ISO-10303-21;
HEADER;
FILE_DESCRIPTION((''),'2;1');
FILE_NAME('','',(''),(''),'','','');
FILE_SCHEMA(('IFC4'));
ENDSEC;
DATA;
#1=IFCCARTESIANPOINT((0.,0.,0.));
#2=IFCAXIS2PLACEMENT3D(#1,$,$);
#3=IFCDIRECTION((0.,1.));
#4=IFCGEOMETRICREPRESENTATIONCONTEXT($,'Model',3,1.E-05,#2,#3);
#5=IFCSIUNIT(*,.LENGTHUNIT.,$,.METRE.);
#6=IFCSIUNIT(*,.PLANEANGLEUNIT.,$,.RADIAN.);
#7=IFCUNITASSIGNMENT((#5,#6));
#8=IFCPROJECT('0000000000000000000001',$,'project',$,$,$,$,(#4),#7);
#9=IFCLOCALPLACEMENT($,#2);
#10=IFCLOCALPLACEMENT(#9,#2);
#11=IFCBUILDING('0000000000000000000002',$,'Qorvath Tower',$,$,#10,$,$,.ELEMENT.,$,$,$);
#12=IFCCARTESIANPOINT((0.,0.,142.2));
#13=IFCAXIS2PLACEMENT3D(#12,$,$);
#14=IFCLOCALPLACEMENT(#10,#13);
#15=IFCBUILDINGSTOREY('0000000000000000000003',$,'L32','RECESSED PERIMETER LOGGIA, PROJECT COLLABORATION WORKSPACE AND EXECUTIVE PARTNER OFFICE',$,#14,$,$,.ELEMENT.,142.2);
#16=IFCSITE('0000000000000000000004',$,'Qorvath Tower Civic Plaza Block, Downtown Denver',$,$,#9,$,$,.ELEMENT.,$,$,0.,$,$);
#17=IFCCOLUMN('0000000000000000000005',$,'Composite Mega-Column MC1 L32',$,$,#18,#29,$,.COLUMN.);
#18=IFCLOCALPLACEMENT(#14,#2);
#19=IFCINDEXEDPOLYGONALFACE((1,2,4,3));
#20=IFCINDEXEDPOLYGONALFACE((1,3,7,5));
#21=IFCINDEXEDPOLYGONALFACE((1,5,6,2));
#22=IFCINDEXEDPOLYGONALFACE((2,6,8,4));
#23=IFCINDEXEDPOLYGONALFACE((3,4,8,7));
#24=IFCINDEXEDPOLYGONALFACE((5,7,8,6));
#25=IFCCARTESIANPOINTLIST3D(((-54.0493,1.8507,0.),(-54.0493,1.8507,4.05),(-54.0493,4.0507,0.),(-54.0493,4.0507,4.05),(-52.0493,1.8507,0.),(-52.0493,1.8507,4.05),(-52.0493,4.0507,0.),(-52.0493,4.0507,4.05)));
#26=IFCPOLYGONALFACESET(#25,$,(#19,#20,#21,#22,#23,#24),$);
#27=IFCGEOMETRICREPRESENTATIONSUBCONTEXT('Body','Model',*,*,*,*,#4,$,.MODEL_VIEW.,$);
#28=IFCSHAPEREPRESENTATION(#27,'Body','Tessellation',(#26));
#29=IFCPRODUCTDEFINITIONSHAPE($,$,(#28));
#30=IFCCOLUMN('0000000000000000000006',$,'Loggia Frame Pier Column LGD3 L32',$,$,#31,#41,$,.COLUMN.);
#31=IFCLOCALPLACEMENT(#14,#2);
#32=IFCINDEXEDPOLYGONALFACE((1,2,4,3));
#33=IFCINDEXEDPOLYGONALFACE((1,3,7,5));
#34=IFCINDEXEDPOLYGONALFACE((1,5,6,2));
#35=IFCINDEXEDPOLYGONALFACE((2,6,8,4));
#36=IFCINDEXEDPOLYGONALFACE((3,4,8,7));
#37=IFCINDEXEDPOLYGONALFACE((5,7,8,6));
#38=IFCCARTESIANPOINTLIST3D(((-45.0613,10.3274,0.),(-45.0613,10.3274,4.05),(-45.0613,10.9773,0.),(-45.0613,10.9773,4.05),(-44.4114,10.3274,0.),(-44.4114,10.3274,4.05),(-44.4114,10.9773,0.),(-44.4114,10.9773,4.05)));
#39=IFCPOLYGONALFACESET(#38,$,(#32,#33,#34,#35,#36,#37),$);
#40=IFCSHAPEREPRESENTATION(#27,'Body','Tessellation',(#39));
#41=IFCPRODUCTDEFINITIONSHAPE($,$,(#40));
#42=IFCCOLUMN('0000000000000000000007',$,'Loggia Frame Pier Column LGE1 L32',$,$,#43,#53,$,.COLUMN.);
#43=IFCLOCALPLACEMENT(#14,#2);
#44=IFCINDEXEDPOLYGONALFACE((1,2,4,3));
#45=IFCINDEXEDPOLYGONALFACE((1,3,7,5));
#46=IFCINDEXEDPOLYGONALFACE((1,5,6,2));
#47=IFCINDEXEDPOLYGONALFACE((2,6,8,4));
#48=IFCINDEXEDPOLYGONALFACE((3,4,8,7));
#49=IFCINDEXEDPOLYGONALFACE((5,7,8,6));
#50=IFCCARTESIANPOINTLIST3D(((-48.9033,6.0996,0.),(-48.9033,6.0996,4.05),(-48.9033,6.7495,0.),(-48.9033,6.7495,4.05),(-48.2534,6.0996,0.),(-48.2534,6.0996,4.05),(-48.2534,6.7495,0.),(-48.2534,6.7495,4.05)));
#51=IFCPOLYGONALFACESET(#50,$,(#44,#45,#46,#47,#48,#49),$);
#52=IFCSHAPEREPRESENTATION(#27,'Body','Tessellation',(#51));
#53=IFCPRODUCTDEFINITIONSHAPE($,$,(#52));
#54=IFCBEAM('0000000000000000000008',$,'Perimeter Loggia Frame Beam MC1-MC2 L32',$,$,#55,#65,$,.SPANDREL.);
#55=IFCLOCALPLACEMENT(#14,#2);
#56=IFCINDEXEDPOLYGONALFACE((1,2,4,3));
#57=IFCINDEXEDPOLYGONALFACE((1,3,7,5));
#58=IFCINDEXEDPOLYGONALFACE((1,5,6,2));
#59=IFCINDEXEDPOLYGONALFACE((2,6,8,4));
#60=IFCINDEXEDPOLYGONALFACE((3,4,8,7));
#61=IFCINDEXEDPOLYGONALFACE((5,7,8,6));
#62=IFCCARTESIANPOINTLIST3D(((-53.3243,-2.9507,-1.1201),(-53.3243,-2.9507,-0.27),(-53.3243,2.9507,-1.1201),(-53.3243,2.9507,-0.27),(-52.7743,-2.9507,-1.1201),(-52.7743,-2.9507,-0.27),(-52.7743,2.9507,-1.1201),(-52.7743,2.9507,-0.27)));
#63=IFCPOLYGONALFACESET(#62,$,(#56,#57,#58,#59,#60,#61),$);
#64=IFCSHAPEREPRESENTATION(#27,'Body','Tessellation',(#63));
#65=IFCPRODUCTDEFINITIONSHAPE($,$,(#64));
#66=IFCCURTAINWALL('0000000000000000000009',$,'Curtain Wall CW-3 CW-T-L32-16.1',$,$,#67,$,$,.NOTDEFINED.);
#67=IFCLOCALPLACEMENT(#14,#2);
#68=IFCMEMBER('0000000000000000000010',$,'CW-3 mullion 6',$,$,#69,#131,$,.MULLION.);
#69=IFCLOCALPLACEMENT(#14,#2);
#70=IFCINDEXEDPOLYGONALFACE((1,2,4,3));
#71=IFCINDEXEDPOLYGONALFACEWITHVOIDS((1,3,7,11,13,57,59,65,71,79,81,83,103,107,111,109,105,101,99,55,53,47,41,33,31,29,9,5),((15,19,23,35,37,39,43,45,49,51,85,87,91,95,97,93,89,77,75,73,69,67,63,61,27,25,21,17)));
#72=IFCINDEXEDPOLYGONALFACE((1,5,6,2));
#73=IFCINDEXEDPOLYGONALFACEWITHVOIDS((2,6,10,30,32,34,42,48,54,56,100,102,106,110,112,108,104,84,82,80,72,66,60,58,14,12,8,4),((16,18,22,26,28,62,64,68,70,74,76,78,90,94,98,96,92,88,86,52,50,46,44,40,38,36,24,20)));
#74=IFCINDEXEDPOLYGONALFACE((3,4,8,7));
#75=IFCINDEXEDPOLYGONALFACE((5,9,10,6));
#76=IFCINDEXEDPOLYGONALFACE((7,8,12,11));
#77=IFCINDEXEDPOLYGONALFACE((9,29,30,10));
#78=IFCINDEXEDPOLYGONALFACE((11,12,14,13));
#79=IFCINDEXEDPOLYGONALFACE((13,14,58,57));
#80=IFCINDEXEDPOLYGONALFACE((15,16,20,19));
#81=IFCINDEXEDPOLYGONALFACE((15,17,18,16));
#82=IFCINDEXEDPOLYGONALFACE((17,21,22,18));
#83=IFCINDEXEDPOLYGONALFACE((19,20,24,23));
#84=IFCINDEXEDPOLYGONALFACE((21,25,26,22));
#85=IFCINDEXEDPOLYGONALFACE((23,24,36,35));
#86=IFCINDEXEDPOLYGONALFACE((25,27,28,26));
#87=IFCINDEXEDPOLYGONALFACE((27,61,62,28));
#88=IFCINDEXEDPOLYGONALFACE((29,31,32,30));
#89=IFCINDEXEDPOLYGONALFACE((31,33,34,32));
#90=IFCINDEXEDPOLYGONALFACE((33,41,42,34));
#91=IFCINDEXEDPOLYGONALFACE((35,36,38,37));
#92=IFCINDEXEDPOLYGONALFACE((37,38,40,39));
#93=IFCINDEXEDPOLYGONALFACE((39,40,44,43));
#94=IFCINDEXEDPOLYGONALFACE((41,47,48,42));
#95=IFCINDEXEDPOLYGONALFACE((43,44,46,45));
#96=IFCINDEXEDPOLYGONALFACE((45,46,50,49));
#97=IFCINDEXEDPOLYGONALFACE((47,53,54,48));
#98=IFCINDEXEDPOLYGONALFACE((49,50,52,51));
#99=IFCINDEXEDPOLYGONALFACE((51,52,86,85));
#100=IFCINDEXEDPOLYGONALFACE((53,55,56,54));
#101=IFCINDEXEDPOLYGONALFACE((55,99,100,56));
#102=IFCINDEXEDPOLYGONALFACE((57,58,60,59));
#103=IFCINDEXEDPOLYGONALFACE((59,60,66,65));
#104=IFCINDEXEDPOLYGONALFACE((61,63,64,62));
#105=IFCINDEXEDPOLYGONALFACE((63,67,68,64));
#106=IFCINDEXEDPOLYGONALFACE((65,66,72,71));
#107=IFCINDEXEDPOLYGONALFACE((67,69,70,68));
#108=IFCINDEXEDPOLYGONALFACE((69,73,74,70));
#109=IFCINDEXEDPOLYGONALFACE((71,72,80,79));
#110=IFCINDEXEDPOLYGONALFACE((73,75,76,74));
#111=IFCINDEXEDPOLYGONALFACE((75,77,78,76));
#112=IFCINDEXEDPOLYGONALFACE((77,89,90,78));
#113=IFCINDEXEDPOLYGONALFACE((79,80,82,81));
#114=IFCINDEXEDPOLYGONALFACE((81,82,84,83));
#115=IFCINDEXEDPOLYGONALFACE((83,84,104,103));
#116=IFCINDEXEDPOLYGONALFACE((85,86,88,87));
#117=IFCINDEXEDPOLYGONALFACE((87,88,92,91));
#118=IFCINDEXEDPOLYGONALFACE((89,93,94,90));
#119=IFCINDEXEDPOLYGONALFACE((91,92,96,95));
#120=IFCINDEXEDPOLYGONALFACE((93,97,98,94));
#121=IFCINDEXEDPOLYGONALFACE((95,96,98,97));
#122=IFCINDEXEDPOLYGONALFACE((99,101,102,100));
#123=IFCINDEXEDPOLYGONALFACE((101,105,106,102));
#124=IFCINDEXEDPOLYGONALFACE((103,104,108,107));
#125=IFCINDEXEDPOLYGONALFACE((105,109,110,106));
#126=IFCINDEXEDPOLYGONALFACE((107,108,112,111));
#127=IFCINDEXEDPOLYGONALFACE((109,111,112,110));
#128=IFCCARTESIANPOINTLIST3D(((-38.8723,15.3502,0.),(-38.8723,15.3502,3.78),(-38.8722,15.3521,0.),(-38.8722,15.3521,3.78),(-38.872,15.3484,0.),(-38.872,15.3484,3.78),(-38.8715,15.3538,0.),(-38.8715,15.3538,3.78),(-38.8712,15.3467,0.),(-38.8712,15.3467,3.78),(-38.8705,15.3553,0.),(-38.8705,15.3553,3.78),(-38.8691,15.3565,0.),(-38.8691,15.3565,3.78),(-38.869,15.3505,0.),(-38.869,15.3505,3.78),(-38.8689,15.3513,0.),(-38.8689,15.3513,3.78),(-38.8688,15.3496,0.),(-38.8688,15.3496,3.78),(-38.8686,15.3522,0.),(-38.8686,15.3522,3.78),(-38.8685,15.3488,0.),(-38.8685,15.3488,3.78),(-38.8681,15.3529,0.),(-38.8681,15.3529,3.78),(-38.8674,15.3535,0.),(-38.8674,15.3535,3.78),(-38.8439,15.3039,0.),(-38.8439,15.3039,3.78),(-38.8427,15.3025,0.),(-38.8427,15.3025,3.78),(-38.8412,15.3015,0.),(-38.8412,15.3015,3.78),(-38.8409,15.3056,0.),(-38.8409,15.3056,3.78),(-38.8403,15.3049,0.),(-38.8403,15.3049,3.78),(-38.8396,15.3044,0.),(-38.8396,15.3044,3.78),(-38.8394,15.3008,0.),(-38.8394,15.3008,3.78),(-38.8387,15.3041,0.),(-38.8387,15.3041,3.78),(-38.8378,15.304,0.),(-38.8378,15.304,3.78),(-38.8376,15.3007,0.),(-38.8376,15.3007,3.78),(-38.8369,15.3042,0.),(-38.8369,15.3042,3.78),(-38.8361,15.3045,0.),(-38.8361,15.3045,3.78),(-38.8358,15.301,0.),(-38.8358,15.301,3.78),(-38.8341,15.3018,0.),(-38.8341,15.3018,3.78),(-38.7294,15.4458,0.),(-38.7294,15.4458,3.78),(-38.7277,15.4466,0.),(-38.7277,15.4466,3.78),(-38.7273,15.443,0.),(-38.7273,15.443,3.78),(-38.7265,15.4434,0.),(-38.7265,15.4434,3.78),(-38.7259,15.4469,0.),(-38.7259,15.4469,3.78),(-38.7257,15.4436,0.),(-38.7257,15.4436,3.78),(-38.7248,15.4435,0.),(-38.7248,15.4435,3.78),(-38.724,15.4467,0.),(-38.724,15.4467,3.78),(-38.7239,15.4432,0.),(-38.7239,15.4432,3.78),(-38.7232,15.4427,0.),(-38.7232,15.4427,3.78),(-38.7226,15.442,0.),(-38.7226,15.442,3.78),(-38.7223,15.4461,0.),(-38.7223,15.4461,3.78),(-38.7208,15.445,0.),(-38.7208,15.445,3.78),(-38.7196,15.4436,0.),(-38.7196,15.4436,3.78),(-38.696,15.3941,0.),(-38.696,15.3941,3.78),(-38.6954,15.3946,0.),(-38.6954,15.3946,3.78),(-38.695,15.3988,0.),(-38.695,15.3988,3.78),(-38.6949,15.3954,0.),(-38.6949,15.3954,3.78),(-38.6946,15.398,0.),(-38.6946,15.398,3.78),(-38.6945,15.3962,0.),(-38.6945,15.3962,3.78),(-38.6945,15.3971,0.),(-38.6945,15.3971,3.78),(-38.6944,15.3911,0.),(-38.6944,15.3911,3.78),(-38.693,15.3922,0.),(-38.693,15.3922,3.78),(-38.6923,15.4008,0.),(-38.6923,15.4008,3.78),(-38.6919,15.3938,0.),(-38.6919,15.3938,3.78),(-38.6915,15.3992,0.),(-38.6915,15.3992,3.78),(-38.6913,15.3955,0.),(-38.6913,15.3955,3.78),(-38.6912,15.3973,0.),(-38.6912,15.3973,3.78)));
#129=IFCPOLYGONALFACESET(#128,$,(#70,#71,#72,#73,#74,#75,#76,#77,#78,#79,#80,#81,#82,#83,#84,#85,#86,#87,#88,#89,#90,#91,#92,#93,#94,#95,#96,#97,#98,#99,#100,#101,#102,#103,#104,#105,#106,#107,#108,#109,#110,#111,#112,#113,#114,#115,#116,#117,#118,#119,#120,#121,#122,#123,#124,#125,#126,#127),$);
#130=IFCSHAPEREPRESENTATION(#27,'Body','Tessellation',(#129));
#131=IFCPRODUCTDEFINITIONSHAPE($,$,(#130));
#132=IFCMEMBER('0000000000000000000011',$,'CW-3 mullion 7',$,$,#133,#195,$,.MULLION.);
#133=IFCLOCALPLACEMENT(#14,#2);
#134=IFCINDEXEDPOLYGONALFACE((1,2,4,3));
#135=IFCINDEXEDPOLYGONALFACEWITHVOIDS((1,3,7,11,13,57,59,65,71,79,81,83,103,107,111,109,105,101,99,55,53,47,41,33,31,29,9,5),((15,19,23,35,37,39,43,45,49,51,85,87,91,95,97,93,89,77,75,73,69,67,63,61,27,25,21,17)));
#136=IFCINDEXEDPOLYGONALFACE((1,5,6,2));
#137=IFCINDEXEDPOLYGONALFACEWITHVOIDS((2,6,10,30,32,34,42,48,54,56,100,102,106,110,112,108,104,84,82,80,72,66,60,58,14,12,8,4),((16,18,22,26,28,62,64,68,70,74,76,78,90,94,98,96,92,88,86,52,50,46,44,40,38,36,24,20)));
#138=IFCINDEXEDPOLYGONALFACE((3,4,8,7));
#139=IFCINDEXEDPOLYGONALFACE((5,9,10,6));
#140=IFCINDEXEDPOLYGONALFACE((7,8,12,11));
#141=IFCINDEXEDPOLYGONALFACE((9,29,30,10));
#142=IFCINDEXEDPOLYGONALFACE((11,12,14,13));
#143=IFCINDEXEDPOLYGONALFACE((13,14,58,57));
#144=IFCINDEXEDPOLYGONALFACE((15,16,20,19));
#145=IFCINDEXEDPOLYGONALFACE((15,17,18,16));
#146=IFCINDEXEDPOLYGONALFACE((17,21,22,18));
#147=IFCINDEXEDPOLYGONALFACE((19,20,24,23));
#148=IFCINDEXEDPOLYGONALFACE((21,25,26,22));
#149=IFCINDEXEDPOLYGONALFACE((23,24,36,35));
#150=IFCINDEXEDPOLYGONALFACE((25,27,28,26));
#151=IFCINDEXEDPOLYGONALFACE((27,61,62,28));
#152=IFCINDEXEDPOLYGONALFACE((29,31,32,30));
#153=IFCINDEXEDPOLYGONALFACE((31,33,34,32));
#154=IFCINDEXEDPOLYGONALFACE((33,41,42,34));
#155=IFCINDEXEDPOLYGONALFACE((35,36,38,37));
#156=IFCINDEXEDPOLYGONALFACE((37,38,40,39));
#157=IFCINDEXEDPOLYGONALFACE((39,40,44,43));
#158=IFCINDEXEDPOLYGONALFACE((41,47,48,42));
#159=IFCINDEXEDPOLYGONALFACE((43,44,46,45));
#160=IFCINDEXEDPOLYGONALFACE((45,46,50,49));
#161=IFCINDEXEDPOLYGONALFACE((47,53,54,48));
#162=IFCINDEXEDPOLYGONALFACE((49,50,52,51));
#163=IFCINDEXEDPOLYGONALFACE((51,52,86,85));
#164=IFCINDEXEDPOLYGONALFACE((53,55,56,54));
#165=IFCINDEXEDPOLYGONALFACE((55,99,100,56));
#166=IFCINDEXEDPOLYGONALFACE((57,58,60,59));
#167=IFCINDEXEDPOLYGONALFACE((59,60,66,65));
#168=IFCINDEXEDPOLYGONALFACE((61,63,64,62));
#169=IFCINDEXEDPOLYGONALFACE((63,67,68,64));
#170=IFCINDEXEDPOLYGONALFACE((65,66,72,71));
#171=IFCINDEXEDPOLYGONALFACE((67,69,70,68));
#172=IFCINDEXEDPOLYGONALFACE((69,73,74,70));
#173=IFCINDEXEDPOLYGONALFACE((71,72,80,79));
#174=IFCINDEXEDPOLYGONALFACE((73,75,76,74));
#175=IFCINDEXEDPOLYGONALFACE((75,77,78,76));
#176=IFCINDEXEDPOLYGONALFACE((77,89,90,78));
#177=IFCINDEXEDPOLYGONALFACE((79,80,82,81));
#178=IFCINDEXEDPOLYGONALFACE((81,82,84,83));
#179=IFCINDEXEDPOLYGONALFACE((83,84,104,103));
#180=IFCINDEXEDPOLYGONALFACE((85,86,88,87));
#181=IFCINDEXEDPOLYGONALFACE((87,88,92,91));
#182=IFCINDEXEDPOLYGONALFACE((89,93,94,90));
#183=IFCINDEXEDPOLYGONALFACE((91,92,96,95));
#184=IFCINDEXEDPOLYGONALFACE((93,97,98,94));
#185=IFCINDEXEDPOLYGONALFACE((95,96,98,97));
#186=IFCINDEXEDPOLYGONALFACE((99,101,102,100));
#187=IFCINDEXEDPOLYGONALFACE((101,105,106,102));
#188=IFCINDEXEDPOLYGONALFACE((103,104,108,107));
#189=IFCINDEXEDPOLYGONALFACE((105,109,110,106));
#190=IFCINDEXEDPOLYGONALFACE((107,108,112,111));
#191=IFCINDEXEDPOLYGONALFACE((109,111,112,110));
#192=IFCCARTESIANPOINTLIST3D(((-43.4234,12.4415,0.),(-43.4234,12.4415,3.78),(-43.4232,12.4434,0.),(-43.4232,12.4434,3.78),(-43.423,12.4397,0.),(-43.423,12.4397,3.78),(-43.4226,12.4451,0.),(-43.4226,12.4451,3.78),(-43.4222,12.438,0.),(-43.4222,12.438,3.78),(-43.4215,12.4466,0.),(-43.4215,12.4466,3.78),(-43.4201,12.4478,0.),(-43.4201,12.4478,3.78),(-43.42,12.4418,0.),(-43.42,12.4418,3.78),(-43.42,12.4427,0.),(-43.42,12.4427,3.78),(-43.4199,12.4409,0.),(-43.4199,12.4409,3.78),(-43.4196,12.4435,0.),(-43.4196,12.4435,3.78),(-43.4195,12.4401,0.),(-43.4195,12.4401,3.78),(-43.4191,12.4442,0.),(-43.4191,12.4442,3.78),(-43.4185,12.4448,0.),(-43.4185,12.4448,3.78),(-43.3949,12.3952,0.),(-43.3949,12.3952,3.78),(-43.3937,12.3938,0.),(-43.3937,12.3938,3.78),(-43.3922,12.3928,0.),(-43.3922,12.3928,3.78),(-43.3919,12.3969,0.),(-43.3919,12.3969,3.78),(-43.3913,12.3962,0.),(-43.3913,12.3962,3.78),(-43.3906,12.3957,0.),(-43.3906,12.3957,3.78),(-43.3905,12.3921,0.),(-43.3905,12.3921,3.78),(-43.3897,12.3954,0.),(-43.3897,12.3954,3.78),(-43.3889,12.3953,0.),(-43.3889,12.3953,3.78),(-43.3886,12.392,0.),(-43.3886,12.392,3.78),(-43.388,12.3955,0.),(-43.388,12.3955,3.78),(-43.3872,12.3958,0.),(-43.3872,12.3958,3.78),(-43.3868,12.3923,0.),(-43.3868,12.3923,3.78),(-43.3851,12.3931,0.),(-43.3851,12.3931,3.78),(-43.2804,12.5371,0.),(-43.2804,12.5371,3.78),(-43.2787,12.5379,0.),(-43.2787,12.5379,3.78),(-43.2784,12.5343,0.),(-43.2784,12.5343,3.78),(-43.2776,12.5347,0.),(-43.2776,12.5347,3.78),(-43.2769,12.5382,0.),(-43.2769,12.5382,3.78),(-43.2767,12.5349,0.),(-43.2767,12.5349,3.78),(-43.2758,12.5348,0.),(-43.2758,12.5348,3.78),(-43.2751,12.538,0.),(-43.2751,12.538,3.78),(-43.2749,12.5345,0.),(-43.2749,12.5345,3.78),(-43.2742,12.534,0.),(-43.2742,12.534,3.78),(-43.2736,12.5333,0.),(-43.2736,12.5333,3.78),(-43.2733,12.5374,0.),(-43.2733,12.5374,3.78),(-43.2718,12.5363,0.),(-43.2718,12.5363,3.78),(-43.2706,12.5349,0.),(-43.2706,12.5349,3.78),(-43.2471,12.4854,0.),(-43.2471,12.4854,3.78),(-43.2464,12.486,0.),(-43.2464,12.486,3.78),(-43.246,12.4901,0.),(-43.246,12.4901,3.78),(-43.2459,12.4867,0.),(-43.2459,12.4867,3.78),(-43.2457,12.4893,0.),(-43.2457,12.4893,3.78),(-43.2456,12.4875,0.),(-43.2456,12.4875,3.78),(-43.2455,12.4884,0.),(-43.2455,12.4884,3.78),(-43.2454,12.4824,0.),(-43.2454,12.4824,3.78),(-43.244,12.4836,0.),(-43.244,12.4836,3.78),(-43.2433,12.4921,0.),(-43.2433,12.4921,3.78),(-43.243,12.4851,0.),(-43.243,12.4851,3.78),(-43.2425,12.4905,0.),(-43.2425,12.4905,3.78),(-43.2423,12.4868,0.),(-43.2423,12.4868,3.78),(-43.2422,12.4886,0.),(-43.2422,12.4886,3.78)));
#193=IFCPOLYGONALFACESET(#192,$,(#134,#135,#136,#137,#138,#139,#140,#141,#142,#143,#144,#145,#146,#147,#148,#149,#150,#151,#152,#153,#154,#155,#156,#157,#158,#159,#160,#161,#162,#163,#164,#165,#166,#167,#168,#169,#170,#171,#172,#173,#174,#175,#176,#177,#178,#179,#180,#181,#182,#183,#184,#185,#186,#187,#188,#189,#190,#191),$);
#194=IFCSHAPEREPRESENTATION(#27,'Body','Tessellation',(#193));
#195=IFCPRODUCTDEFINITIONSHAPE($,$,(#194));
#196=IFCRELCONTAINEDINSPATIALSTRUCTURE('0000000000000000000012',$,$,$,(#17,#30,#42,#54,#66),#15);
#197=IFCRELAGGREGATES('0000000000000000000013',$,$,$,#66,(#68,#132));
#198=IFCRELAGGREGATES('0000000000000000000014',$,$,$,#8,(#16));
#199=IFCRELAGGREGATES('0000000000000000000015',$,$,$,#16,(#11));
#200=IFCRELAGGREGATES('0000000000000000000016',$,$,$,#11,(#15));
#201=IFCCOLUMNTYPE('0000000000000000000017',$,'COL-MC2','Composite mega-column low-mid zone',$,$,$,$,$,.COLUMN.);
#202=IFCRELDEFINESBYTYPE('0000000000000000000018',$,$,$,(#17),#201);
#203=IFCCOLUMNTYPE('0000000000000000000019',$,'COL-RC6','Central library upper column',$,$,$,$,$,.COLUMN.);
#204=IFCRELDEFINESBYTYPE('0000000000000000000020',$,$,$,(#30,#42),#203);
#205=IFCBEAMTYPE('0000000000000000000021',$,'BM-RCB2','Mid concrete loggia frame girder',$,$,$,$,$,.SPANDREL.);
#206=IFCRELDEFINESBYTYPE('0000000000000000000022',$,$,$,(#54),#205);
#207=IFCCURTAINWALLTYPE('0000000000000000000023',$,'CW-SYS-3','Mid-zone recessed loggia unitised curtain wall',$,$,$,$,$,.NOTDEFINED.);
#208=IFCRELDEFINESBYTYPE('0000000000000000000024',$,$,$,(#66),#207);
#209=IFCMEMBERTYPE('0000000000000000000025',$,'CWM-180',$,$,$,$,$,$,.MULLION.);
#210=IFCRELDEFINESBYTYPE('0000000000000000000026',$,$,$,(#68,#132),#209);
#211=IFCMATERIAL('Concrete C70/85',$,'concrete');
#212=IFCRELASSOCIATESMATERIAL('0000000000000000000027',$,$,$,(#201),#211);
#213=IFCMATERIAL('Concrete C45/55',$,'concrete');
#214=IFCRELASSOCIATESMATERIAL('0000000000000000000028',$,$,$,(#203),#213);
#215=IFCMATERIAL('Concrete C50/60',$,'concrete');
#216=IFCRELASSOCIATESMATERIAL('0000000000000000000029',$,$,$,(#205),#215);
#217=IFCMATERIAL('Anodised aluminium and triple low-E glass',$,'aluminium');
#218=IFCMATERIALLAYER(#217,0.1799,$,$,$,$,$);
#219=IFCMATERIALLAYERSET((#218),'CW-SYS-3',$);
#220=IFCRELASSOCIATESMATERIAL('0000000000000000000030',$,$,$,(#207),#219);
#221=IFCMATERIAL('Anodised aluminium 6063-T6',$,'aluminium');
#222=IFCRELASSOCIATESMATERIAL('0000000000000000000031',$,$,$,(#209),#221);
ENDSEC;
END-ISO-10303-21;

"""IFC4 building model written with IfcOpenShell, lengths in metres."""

from ifc_helpers import new_model, si_unit, direction, frame, origin, origin_2d, place, context, subcontext, project, spatial, rectangle, hollow_rectangle, extrude, material, layer, layer_set, material_profile, profile_set, type_object, element, aggregate, save


model = new_model("IFC4")

# Units and contexts
model_context = context("Model", 3, precision=1e-05, world=origin(), true_north=direction((0.0, 1.0)))
body_context = subcontext(model_context, "Body", "Model", "MODEL_VIEW")
ifc_project = project(units=[si_unit("LENGTHUNIT", "METRE"), si_unit("PLANEANGLEUNIT", "RADIAN")], contexts=[model_context])

# Site, building, storey
site_placement = place(None, origin())
site = spatial("IfcSite", under=ifc_project, at=site_placement, Name="Qorvath Tower Civic Plaza Block, Downtown Denver", CompositionType="ELEMENT", RefElevation=0.0)
building_placement = place(site_placement, origin())
building = spatial("IfcBuilding", under=site, at=building_placement, Name="Qorvath Tower", CompositionType="ELEMENT")
storey_placement = place(building_placement, frame((0.0, 0.0, 142.2)))
storey = spatial("IfcBuildingStorey", under=building, at=storey_placement, Name="L32", Description="RECESSED PERIMETER LOGGIA, PROJECT COLLABORATION WORKSPACE AND EXECUTIVE PARTNER OFFICE", CompositionType="ELEMENT", Elevation=142.2)

# Columns
ifc_material_1 = material(Name="Concrete C70/85", Category="concrete")
ifc_material_profile_1 = material_profile(ifc_material_1, rectangle(XDim=2.0, YDim=2.2, at=origin_2d()), Name="MC 2200x2000")
ifc_profile_set_1 = profile_set([ifc_material_profile_1], Name="Concrete C70/85")
column_type_1 = type_object("IfcColumnType", Name="COL-MC2", Description="Composite mega-column low-mid zone", PredefinedType="COLUMN", material=ifc_profile_set_1)
column_placement = place(storey_placement, frame((-53.0493, 2.9507, 0.0), z_axis=(0.0, 0.0, 1.0), x_axis=(1.0, 0.0, 0.0)))
element("IfcColumn", 1, at=column_placement, inside=storey, type_object=column_type_1, Name="Composite Mega-Column MC1 L32", PredefinedType="COLUMN", context=body_context, shape_type="SweptSolid", body=[
    extrude(rectangle(XDim=2.0, YDim=2.2, at=origin_2d()), origin(), (0.0, 0.0, 1.0), 4.05),
])
ifc_material_2 = material(Name="Concrete C45/55", Category="concrete")
ifc_material_profile_2 = material_profile(ifc_material_2, rectangle(XDim=0.6499, YDim=0.6499, at=origin_2d()), Name="RC 650x650")
ifc_profile_set_2 = profile_set([ifc_material_profile_2], Name="Concrete C45/55")
column_type_2 = type_object("IfcColumnType", Name="COL-RC6", Description="Central library upper column", PredefinedType="COLUMN", material=ifc_profile_set_2)
for number, where, z_axis, x_axis, name in (
    (2, (-44.7363, 10.6523, 0.0), (0.0, 0.0, 1.0), (1.0, 0.0, 0.0), "Loggia Frame Pier Column LGD3 L32"),
    (3, (-48.5784, 6.4246, 0.0), (0.0, 0.0, 1.0), (1.0, 0.0, 0.0), "Loggia Frame Pier Column LGE1 L32"),
):
    element("IfcColumn", number, at=place(storey_placement, frame(where, z_axis=z_axis, x_axis=x_axis)), inside=storey, type_object=column_type_2, Name=name, PredefinedType="COLUMN", context=body_context, shape_type="SweptSolid", body=[
        extrude(rectangle(XDim=0.6499, YDim=0.6499, at=origin_2d()), origin(), (0.0, 0.0, 1.0), 4.05),
    ])

# Beam
ifc_material_3 = material(Name="Concrete C50/60", Category="concrete")
ifc_material_profile_3 = material_profile(ifc_material_3, rectangle(XDim=0.55, YDim=0.8501, at=origin_2d()), Name="RCB 850x550")
ifc_profile_set_3 = profile_set([ifc_material_profile_3], Name="Concrete C50/60")
beam_type = type_object("IfcBeamType", Name="BM-RCB2", Description="Mid concrete loggia frame girder", PredefinedType="SPANDREL", material=ifc_profile_set_3)
beam_placement = place(storey_placement, frame((-53.0493, 2.9507, -0.6951), z_axis=(0.0, -1.0, 0.0), x_axis=(1.0, 0.0, 0.0)))
element("IfcBeam", 4, at=beam_placement, inside=storey, type_object=beam_type, Name="Perimeter Loggia Frame Beam MC1-MC2 L32", PredefinedType="SPANDREL", context=body_context, shape_type="SweptSolid", body=[
    extrude(rectangle(XDim=0.55, YDim=0.8501, at=origin_2d()), origin(), (0.0, 0.0, 1.0), 5.9014),
])

# Curtain wall, members
ifc_material_4 = material(Name="Anodised aluminium and triple low-E glass", Category="aluminium")
ifc_layer_1 = layer(ifc_material_4, 0.1799)
ifc_layer_set_1 = layer_set([ifc_layer_1], Name="CW-SYS-3")
curtain_wall_type = type_object("IfcCurtainWallType", Name="CW-SYS-3", Description="Mid-zone recessed loggia unitised curtain wall", PredefinedType="NOTDEFINED", material=ifc_layer_set_1)
curtain_wall_placement = place(storey_placement, origin())
curtain_wall = element("IfcCurtainWall", 5, at=curtain_wall_placement, inside=storey, type_object=curtain_wall_type, Name="Curtain Wall CW-3 CW-T-L32-16.1", PredefinedType="NOTDEFINED")
ifc_material_5 = material(Name="Anodised aluminium 6063-T6", Category="aluminium")
ifc_material_profile_4 = material_profile(ifc_material_5, hollow_rectangle(XDim=0.0649, YDim=0.1799, WallThickness=0.0034, InnerFilletRadius=0.0034, OuterFilletRadius=0.0071, at=origin_2d()), Name="CWM 180x65")
ifc_profile_set_4 = profile_set([ifc_material_profile_4], Name="Anodised aluminium 6063-T6")
member_type_1 = type_object("IfcMemberType", Name="CWM-180", PredefinedType="MULLION", material=ifc_profile_set_4)
member_1_placement = place(storey_placement, frame((-38.7817, 15.3738, 0.0), z_axis=(0.0, 0.0, 1.0), x_axis=(0.538533, -0.842604, 0.0)))
member_1 = element("IfcMember", 6, at=member_1_placement, type_object=member_type_1, Name="CW-3 mullion 6", PredefinedType="MULLION", context=body_context, shape_type="SweptSolid", body=[
    extrude(hollow_rectangle(XDim=0.0649, YDim=0.1799, WallThickness=0.0034, InnerFilletRadius=0.0034, OuterFilletRadius=0.0071, at=origin_2d()), origin(), (0.0, 0.0, 1.0), 3.78),
])
member_2_placement = place(storey_placement, frame((-43.3328, 12.4651, 0.0), z_axis=(0.0, 0.0, 1.0), x_axis=(0.538533, -0.842604, 0.0)))
member_2 = element("IfcMember", 7, at=member_2_placement, type_object=member_type_1, Name="CW-3 mullion 7", PredefinedType="MULLION", context=body_context, shape_type="SweptSolid", body=[
    extrude(hollow_rectangle(XDim=0.0649, YDim=0.1799, WallThickness=0.0034, InnerFilletRadius=0.0034, OuterFilletRadius=0.0071, at=origin_2d()), origin(), (0.0, 0.0, 1.0), 3.78),
])
aggregate(curtain_wall, [member_1, member_2])

save(model, "model.ifc")
